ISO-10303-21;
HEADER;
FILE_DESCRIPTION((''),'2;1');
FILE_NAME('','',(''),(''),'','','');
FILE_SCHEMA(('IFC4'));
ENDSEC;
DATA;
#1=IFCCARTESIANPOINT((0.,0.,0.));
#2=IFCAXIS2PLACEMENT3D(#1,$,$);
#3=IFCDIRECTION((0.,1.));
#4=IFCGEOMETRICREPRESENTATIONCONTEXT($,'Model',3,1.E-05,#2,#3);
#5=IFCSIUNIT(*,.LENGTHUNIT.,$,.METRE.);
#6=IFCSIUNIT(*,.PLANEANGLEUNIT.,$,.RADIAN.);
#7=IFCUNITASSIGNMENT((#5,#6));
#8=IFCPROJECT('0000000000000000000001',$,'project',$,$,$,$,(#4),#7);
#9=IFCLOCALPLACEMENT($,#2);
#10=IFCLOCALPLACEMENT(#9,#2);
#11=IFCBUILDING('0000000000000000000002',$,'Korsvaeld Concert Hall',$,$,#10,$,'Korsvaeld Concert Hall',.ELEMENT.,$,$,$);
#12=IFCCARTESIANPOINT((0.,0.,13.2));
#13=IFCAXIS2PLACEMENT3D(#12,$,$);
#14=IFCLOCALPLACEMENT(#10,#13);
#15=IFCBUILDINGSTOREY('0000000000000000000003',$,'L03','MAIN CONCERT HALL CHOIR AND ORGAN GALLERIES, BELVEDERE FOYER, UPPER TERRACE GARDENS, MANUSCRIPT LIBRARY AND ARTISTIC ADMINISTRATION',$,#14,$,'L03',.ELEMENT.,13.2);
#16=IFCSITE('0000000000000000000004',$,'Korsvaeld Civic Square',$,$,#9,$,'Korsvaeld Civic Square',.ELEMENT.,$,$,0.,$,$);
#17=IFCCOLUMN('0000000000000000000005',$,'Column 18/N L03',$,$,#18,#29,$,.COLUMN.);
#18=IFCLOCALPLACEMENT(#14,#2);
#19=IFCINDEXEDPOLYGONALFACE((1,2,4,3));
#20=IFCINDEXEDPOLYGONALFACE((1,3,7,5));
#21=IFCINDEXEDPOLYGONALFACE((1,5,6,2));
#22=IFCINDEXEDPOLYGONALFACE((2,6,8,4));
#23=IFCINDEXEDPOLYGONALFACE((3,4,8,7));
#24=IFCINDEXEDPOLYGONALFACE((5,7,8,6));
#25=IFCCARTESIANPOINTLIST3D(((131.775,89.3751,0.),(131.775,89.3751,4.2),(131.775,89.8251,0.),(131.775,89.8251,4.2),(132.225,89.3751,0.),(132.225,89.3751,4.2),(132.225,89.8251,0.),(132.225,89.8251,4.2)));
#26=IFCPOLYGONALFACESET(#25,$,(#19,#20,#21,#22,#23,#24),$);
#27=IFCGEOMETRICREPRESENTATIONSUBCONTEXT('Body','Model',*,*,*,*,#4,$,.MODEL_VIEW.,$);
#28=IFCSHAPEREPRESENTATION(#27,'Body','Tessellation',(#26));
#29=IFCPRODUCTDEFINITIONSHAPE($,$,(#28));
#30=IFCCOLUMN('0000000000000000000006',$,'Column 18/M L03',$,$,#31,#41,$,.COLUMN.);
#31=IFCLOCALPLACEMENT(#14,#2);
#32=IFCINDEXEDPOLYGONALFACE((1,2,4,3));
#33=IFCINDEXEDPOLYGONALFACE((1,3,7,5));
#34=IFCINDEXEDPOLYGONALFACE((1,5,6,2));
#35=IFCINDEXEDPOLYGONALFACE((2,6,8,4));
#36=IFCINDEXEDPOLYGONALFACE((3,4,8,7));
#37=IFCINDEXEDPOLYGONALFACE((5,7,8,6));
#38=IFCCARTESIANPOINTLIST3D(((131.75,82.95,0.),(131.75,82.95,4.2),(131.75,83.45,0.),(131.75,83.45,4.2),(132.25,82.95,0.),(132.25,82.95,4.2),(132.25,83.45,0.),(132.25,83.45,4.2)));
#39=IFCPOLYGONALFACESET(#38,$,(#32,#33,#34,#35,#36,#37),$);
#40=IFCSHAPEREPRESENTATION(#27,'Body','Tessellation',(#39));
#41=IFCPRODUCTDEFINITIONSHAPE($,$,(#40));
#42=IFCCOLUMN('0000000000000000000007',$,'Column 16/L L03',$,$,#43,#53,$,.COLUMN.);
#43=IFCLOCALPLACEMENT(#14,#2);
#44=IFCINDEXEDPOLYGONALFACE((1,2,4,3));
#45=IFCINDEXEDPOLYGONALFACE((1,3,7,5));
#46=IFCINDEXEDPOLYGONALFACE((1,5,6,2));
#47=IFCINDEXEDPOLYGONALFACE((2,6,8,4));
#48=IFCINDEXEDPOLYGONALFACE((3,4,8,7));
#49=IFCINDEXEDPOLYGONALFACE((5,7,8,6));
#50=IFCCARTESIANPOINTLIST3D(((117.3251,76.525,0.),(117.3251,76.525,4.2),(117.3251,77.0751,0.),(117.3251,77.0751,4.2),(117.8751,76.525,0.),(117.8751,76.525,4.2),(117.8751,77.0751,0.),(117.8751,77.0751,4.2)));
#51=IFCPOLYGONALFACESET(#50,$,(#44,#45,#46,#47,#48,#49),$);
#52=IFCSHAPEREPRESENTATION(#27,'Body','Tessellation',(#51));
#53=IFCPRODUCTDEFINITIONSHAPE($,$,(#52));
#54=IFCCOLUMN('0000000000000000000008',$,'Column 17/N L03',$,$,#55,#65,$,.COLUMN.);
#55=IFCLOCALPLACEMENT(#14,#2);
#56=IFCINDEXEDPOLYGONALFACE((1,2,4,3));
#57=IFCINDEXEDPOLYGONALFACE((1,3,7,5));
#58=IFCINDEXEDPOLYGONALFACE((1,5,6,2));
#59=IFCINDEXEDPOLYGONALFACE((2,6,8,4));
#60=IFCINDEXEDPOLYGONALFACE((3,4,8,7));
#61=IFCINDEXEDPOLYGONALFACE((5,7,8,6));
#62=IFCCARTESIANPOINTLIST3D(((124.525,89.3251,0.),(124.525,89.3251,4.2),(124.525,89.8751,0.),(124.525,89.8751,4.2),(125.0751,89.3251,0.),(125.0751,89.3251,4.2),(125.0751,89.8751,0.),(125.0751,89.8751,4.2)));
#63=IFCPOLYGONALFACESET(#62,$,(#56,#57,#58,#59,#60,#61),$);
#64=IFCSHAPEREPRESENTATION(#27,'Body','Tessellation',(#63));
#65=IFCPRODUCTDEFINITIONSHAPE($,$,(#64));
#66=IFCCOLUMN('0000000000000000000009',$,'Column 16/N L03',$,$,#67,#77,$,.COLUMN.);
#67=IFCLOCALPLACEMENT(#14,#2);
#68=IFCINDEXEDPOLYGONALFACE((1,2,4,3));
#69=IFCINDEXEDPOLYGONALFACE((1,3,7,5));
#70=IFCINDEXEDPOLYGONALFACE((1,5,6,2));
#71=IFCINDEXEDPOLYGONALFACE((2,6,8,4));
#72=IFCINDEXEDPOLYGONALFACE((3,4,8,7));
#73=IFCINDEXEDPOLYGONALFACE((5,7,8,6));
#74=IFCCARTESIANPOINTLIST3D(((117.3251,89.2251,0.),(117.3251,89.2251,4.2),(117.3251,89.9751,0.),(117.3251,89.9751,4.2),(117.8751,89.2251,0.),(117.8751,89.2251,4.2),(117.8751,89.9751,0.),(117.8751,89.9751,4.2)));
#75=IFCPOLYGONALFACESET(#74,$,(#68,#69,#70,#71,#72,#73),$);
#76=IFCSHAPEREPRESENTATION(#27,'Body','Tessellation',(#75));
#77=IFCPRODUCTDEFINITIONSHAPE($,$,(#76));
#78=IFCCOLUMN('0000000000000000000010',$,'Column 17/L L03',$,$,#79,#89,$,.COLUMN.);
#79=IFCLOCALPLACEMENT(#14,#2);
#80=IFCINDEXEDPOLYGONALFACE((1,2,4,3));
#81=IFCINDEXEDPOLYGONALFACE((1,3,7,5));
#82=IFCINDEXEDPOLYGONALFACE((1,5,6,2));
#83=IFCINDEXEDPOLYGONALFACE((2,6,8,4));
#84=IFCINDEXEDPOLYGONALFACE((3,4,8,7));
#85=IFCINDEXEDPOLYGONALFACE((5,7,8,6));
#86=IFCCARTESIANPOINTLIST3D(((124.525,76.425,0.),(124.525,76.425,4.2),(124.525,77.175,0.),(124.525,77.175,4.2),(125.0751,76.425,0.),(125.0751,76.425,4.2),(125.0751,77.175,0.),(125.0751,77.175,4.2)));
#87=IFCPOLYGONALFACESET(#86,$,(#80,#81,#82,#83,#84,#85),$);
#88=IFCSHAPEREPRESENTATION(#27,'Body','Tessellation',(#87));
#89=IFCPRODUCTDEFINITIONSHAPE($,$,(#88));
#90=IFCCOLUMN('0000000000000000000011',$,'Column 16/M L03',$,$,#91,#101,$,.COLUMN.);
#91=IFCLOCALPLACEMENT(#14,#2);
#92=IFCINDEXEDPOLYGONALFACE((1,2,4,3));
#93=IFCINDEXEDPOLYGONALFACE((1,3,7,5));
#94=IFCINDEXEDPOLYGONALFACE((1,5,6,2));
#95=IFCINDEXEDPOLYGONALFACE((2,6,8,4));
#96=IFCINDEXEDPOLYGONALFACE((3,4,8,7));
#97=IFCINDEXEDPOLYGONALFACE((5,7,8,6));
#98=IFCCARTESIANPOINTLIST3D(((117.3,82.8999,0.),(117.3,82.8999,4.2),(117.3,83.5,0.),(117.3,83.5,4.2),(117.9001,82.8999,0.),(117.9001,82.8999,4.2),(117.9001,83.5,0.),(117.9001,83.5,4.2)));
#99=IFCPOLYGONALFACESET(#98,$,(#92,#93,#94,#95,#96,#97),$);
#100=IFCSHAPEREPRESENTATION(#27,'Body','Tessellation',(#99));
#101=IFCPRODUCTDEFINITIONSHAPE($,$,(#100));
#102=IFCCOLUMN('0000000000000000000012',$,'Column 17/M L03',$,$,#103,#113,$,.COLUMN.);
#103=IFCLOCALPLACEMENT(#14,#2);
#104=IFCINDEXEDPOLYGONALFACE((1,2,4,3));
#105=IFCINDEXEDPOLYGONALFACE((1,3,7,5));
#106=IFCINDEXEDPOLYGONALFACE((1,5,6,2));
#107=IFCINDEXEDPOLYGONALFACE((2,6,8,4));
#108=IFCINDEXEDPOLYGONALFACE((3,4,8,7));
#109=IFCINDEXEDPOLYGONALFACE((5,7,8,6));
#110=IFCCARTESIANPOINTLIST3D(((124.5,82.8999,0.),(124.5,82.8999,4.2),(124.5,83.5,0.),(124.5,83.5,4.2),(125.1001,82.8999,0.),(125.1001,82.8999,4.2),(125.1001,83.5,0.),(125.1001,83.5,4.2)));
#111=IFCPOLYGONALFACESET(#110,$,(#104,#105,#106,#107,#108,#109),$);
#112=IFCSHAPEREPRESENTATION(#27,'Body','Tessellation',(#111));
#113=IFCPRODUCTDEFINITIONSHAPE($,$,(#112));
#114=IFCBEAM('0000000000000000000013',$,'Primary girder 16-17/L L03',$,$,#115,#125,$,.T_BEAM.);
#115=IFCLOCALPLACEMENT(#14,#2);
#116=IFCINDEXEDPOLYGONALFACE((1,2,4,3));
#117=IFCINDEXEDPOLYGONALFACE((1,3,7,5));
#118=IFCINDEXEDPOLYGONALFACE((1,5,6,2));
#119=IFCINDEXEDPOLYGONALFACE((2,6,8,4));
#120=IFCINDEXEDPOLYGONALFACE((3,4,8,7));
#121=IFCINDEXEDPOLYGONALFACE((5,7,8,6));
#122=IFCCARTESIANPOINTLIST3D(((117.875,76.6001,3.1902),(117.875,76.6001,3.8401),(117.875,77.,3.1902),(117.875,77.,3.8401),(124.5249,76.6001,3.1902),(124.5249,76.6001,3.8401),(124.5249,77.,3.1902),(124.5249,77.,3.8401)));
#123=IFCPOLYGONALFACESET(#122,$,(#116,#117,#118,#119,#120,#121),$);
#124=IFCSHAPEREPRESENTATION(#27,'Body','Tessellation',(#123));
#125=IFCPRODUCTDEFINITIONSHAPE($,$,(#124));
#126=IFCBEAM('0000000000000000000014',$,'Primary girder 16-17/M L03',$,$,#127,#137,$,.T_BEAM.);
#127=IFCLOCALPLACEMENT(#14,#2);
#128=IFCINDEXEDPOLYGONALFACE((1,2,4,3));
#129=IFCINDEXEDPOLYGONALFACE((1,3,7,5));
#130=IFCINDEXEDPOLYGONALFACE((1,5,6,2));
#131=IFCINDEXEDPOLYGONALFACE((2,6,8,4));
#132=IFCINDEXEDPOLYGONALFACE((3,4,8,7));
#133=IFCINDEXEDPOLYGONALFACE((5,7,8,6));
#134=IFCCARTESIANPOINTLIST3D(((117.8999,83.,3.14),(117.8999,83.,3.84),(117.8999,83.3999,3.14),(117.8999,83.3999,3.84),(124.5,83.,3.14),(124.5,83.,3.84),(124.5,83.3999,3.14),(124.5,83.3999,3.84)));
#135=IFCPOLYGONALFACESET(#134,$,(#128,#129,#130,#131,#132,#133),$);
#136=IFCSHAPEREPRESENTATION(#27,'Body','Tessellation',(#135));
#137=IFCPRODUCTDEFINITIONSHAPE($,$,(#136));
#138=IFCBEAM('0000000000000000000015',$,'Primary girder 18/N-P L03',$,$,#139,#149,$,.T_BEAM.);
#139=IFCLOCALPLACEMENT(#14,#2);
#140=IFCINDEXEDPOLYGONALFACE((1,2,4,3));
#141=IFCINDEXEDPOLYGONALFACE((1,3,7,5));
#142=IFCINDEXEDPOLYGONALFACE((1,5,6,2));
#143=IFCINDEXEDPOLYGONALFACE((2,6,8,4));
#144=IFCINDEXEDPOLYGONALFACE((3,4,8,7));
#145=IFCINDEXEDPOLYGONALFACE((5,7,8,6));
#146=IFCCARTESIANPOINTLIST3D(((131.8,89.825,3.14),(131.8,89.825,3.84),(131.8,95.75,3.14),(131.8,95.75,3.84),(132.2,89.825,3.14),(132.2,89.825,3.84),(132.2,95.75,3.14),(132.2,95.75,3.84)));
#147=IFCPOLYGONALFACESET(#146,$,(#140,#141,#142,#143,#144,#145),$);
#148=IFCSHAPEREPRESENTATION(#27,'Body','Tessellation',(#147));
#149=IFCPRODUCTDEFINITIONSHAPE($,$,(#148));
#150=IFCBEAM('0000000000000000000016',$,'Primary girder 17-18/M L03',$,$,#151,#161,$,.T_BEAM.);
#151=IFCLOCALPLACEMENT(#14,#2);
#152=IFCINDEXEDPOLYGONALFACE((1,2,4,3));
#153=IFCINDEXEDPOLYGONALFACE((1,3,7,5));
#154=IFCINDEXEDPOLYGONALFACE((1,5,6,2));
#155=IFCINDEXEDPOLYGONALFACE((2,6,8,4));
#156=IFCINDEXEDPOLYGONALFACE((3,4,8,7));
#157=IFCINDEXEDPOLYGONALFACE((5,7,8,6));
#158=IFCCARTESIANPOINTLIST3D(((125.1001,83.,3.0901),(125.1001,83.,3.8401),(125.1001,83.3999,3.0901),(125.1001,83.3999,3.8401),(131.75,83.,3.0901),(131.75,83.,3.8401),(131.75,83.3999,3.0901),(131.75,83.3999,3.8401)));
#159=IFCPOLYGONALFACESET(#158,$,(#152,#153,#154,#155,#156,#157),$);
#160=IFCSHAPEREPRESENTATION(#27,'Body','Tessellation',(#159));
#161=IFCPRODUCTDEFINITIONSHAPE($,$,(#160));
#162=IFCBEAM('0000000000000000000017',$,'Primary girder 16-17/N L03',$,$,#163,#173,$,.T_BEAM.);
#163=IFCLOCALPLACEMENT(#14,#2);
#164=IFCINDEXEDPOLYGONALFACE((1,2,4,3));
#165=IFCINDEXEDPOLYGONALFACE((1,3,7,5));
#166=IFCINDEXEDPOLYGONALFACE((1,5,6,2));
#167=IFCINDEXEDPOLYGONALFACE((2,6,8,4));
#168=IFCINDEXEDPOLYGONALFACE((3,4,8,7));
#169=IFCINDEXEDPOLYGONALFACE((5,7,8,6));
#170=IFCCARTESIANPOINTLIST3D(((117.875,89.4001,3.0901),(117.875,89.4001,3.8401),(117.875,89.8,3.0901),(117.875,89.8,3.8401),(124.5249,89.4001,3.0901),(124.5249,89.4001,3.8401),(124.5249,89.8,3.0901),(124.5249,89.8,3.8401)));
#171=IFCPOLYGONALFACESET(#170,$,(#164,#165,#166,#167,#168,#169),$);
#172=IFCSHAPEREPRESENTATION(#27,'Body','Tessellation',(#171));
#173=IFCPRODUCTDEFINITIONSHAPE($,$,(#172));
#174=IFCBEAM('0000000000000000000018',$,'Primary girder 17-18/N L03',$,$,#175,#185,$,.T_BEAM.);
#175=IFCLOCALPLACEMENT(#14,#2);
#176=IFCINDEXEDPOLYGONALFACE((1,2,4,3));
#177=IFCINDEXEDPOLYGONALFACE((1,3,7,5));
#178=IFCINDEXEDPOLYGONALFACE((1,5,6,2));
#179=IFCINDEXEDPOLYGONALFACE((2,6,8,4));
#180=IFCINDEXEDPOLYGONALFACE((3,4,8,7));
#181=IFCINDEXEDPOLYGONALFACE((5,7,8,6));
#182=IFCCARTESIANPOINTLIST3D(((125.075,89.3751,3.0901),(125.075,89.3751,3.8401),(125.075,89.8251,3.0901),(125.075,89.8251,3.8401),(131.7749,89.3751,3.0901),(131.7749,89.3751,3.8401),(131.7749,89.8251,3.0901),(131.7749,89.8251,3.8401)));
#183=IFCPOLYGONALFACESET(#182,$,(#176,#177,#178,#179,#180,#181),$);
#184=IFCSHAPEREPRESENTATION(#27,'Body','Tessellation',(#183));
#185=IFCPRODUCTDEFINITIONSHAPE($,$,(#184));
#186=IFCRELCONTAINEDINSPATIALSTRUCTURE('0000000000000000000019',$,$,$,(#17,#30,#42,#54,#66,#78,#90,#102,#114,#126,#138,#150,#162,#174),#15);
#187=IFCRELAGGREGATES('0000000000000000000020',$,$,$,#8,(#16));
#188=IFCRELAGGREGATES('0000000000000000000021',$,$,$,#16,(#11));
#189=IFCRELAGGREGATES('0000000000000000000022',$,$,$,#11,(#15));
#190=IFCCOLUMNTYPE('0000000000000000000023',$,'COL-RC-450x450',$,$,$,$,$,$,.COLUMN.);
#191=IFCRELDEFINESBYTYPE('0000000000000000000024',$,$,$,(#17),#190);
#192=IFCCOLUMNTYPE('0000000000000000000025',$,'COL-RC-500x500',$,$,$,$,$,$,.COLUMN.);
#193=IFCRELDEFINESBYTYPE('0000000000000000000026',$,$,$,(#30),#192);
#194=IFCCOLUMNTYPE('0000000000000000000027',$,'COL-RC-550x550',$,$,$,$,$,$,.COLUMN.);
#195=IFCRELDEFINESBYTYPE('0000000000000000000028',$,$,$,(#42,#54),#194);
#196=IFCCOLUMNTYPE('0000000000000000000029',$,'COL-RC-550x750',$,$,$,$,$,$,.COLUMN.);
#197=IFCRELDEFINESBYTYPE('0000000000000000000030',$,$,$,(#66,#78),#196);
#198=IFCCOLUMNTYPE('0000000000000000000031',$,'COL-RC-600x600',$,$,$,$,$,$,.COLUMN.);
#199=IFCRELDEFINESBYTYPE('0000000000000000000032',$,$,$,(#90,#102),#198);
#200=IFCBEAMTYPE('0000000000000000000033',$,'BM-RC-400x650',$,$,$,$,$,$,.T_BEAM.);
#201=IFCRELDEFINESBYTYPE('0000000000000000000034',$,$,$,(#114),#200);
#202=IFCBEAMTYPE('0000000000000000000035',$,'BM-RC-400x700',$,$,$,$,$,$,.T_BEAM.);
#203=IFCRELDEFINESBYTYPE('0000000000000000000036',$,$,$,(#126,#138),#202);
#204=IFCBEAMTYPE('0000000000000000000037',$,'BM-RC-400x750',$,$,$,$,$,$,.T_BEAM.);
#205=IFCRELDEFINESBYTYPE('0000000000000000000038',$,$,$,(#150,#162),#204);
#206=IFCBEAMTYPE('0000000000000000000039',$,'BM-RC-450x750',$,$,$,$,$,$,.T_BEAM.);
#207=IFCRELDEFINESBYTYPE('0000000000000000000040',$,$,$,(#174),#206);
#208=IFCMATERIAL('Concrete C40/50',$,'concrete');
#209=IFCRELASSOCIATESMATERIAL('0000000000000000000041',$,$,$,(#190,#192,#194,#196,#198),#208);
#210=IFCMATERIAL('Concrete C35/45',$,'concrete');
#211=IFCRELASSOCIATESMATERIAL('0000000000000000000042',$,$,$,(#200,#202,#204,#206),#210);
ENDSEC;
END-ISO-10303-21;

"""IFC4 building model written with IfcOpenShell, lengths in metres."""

from ifc_helpers import new_model, si_unit, direction, frame, origin, origin_2d, place, context, subcontext, project, spatial, rectangle, extrude, material, material_profile, profile_set, type_object, element, save


model = new_model("IFC4")

# Units and contexts
model_context = context("Model", 3, precision=1e-05, world=origin(), true_north=direction((0.0, 1.0)))
body_context = subcontext(model_context, "Body", "Model", "MODEL_VIEW")
ifc_project = project(units=[si_unit("LENGTHUNIT", "METRE"), si_unit("PLANEANGLEUNIT", "RADIAN")], contexts=[model_context])

# Site, building, storey
site_placement = place(None, origin())
site = spatial("IfcSite", under=ifc_project, at=site_placement, Name="Korsvaeld Civic Square", LongName="Korsvaeld Civic Square", CompositionType="ELEMENT", RefElevation=0.0)
building_placement = place(site_placement, origin())
building = spatial("IfcBuilding", under=site, at=building_placement, Name="Korsvaeld Concert Hall", LongName="Korsvaeld Concert Hall", CompositionType="ELEMENT")
storey_placement = place(building_placement, frame((0.0, 0.0, 13.2)))
storey = spatial("IfcBuildingStorey", under=building, at=storey_placement, Name="L03", Description="MAIN CONCERT HALL CHOIR AND ORGAN GALLERIES, BELVEDERE FOYER, UPPER TERRACE GARDENS, MANUSCRIPT LIBRARY AND ARTISTIC ADMINISTRATION", LongName="L03", CompositionType="ELEMENT", Elevation=13.2)

# Columns
ifc_material_1 = material(Name="Concrete C40/50", Category="concrete")
ifc_material_profile_1 = material_profile(ifc_material_1, rectangle(XDim=0.45, YDim=0.45, at=origin_2d()), Name="RC 450x450")
ifc_profile_set_1 = profile_set([ifc_material_profile_1], Name="Concrete C40/50")
column_type_1 = type_object("IfcColumnType", Name="COL-RC-450x450", PredefinedType="COLUMN", material=ifc_profile_set_1)
column_1_placement = place(storey_placement, frame((132.0, 89.6001, 0.0), z_axis=(0.0, 0.0, 1.0), x_axis=(1.0, 0.0, 0.0)))
element("IfcColumn", 1, at=column_1_placement, inside=storey, type_object=column_type_1, Name="Column 18/N L03", PredefinedType="COLUMN", context=body_context, shape_type="SweptSolid", body=[
    extrude(rectangle(XDim=0.45, YDim=0.45, at=origin_2d()), origin(), (0.0, 0.0, 1.0), 4.2),
])
ifc_material_profile_2 = material_profile(ifc_material_1, rectangle(XDim=0.5, YDim=0.5, at=origin_2d()), Name="RC 500x500")
ifc_profile_set_2 = profile_set([ifc_material_profile_2], Name="Concrete C40/50")
column_type_2 = type_object("IfcColumnType", Name="COL-RC-500x500", PredefinedType="COLUMN", material=ifc_profile_set_2)
column_2_placement = place(storey_placement, frame((132.0, 83.2, 0.0), z_axis=(0.0, 0.0, 1.0), x_axis=(1.0, 0.0, 0.0)))
element("IfcColumn", 2, at=column_2_placement, inside=storey, type_object=column_type_2, Name="Column 18/M L03", PredefinedType="COLUMN", context=body_context, shape_type="SweptSolid", body=[
    extrude(rectangle(XDim=0.5, YDim=0.5, at=origin_2d()), origin(), (0.0, 0.0, 1.0), 4.2),
])
ifc_material_profile_3 = material_profile(ifc_material_1, rectangle(XDim=0.55, YDim=0.55, at=origin_2d()), Name="RC 550x550")
ifc_profile_set_3 = profile_set([ifc_material_profile_3], Name="Concrete C40/50")
column_type_3 = type_object("IfcColumnType", Name="COL-RC-550x550", PredefinedType="COLUMN", material=ifc_profile_set_3)
for number, where, z_axis, x_axis, name in (
    (3, (117.6001, 76.8, 0.0), (0.0, 0.0, 1.0), (1.0, 0.0, 0.0), "Column 16/L L03"),
    (4, (124.8, 89.6001, 0.0), (0.0, 0.0, 1.0), (1.0, 0.0, 0.0), "Column 17/N L03"),
):
    element("IfcColumn", number, at=place(storey_placement, frame(where, z_axis=z_axis, x_axis=x_axis)), inside=storey, type_object=column_type_3, Name=name, PredefinedType="COLUMN", context=body_context, shape_type="SweptSolid", body=[
        extrude(rectangle(XDim=0.55, YDim=0.55, at=origin_2d()), origin(), (0.0, 0.0, 1.0), 4.2),
    ])
ifc_material_profile_4 = material_profile(ifc_material_1, rectangle(XDim=0.55, YDim=0.75, at=origin_2d()), Name="RC 550x750")
ifc_profile_set_4 = profile_set([ifc_material_profile_4], Name="Concrete C40/50")
column_type_4 = type_object("IfcColumnType", Name="COL-RC-550x750", PredefinedType="COLUMN", material=ifc_profile_set_4)
for number, where, z_axis, x_axis, name in (
    (5, (117.6001, 89.6001, 0.0), (0.0, 0.0, 1.0), (1.0, 0.0, 0.0), "Column 16/N L03"),
    (6, (124.8, 76.8, 0.0), (0.0, 0.0, 1.0), (1.0, 0.0, 0.0), "Column 17/L L03"),
):
    element("IfcColumn", number, at=place(storey_placement, frame(where, z_axis=z_axis, x_axis=x_axis)), inside=storey, type_object=column_type_4, Name=name, PredefinedType="COLUMN", context=body_context, shape_type="SweptSolid", body=[
        extrude(rectangle(XDim=0.55, YDim=0.75, at=origin_2d()), origin(), (0.0, 0.0, 1.0), 4.2),
    ])
ifc_material_profile_5 = material_profile(ifc_material_1, rectangle(XDim=0.6001, YDim=0.6001, at=origin_2d()), Name="RC 600x600")
ifc_profile_set_5 = profile_set([ifc_material_profile_5], Name="Concrete C40/50")
column_type_5 = type_object("IfcColumnType", Name="COL-RC-600x600", PredefinedType="COLUMN", material=ifc_profile_set_5)
for number, where, z_axis, x_axis, name in (
    (7, (117.6001, 83.2, 0.0), (0.0, 0.0, 1.0), (1.0, 0.0, 0.0), "Column 16/M L03"),
    (8, (124.8, 83.2, 0.0), (0.0, 0.0, 1.0), (1.0, 0.0, 0.0), "Column 17/M L03"),
):
    element("IfcColumn", number, at=place(storey_placement, frame(where, z_axis=z_axis, x_axis=x_axis)), inside=storey, type_object=column_type_5, Name=name, PredefinedType="COLUMN", context=body_context, shape_type="SweptSolid", body=[
        extrude(rectangle(XDim=0.6001, YDim=0.6001, at=origin_2d()), origin(), (0.0, 0.0, 1.0), 4.2),
    ])

# Beams
ifc_material_2 = material(Name="Concrete C35/45", Category="concrete")
ifc_material_profile_6 = material_profile(ifc_material_2, rectangle(XDim=0.3999, YDim=0.6499, at=origin_2d()), Name="RC 400x650")
ifc_profile_set_6 = profile_set([ifc_material_profile_6], Name="Concrete C35/45")
beam_type_1 = type_object("IfcBeamType", Name="BM-RC-400x650", PredefinedType="T_BEAM", material=ifc_profile_set_6)
beam_1_placement = place(storey_placement, frame((117.875, 76.8, 3.5151), z_axis=(1.0, 0.0, 0.0), x_axis=(0.0, 1.0, 0.0)))
element("IfcBeam", 9, at=beam_1_placement, inside=storey, type_object=beam_type_1, Name="Primary girder 16-17/L L03", PredefinedType="T_BEAM", context=body_context, shape_type="SweptSolid", body=[
    extrude(rectangle(XDim=0.3999, YDim=0.6499, at=origin_2d()), origin(), (0.0, 0.0, 1.0), 6.6499),
])
ifc_material_profile_7 = material_profile(ifc_material_2, rectangle(XDim=0.3999, YDim=0.7, at=origin_2d()), Name="RC 400x700")
ifc_profile_set_7 = profile_set([ifc_material_profile_7], Name="Concrete C35/45")
beam_type_2 = type_object("IfcBeamType", Name="BM-RC-400x700", PredefinedType="T_BEAM", material=ifc_profile_set_7)
beam_2_placement = place(storey_placement, frame((117.8999, 83.2, 3.49), z_axis=(1.0, 0.0, 0.0), x_axis=(0.0, 1.0, 0.0)))
element("IfcBeam", 10, at=beam_2_placement, inside=storey, type_object=beam_type_2, Name="Primary girder 16-17/M L03", PredefinedType="T_BEAM", context=body_context, shape_type="SweptSolid", body=[
    extrude(rectangle(XDim=0.3999, YDim=0.7, at=origin_2d()), origin(), (0.0, 0.0, 1.0), 6.6001),
])
beam_3_placement = place(storey_placement, frame((132.0, 89.825, 3.49), z_axis=(0.0, 1.0, 0.0), x_axis=(-1.0, 0.0, 0.0)))
element("IfcBeam", 11, at=beam_3_placement, inside=storey, type_object=beam_type_2, Name="Primary girder 18/N-P L03", PredefinedType="T_BEAM", context=body_context, shape_type="SweptSolid", body=[
    extrude(rectangle(XDim=0.3999, YDim=0.7, at=origin_2d()), origin(), (0.0, 0.0, 1.0), 5.925),
])
ifc_material_profile_8 = material_profile(ifc_material_2, rectangle(XDim=0.3999, YDim=0.75, at=origin_2d()), Name="RC 400x750")
ifc_profile_set_8 = profile_set([ifc_material_profile_8], Name="Concrete C35/45")
beam_type_3 = type_object("IfcBeamType", Name="BM-RC-400x750", PredefinedType="T_BEAM", material=ifc_profile_set_8)
for number, where, z_axis, x_axis, name in (
    (12, (125.1001, 83.2, 3.4651), (1.0, 0.0, 0.0), (0.0, 1.0, 0.0), "Primary girder 17-18/M L03"),
    (13, (117.875, 89.6001, 3.4651), (1.0, 0.0, 0.0), (0.0, 1.0, 0.0), "Primary girder 16-17/N L03"),
):
    element("IfcBeam", number, at=place(storey_placement, frame(where, z_axis=z_axis, x_axis=x_axis)), inside=storey, type_object=beam_type_3, Name=name, PredefinedType="T_BEAM", context=body_context, shape_type="SweptSolid", body=[
        extrude(rectangle(XDim=0.3999, YDim=0.75, at=origin_2d()), origin(), (0.0, 0.0, 1.0), 6.6499),
    ])
ifc_material_profile_9 = material_profile(ifc_material_2, rectangle(XDim=0.45, YDim=0.75, at=origin_2d()), Name="RC 450x750")
ifc_profile_set_9 = profile_set([ifc_material_profile_9], Name="Concrete C35/45")
beam_type_4 = type_object("IfcBeamType", Name="BM-RC-450x750", PredefinedType="T_BEAM", material=ifc_profile_set_9)
beam_4_placement = place(storey_placement, frame((125.075, 89.6001, 3.4651), z_axis=(1.0, 0.0, 0.0), x_axis=(0.0, 1.0, 0.0)))
element("IfcBeam", 14, at=beam_4_placement, inside=storey, type_object=beam_type_4, Name="Primary girder 17-18/N L03", PredefinedType="T_BEAM", context=body_context, shape_type="SweptSolid", body=[
    extrude(rectangle(XDim=0.45, YDim=0.75, at=origin_2d()), origin(), (0.0, 0.0, 1.0), 6.7),
])

save(model, "model.ifc")
